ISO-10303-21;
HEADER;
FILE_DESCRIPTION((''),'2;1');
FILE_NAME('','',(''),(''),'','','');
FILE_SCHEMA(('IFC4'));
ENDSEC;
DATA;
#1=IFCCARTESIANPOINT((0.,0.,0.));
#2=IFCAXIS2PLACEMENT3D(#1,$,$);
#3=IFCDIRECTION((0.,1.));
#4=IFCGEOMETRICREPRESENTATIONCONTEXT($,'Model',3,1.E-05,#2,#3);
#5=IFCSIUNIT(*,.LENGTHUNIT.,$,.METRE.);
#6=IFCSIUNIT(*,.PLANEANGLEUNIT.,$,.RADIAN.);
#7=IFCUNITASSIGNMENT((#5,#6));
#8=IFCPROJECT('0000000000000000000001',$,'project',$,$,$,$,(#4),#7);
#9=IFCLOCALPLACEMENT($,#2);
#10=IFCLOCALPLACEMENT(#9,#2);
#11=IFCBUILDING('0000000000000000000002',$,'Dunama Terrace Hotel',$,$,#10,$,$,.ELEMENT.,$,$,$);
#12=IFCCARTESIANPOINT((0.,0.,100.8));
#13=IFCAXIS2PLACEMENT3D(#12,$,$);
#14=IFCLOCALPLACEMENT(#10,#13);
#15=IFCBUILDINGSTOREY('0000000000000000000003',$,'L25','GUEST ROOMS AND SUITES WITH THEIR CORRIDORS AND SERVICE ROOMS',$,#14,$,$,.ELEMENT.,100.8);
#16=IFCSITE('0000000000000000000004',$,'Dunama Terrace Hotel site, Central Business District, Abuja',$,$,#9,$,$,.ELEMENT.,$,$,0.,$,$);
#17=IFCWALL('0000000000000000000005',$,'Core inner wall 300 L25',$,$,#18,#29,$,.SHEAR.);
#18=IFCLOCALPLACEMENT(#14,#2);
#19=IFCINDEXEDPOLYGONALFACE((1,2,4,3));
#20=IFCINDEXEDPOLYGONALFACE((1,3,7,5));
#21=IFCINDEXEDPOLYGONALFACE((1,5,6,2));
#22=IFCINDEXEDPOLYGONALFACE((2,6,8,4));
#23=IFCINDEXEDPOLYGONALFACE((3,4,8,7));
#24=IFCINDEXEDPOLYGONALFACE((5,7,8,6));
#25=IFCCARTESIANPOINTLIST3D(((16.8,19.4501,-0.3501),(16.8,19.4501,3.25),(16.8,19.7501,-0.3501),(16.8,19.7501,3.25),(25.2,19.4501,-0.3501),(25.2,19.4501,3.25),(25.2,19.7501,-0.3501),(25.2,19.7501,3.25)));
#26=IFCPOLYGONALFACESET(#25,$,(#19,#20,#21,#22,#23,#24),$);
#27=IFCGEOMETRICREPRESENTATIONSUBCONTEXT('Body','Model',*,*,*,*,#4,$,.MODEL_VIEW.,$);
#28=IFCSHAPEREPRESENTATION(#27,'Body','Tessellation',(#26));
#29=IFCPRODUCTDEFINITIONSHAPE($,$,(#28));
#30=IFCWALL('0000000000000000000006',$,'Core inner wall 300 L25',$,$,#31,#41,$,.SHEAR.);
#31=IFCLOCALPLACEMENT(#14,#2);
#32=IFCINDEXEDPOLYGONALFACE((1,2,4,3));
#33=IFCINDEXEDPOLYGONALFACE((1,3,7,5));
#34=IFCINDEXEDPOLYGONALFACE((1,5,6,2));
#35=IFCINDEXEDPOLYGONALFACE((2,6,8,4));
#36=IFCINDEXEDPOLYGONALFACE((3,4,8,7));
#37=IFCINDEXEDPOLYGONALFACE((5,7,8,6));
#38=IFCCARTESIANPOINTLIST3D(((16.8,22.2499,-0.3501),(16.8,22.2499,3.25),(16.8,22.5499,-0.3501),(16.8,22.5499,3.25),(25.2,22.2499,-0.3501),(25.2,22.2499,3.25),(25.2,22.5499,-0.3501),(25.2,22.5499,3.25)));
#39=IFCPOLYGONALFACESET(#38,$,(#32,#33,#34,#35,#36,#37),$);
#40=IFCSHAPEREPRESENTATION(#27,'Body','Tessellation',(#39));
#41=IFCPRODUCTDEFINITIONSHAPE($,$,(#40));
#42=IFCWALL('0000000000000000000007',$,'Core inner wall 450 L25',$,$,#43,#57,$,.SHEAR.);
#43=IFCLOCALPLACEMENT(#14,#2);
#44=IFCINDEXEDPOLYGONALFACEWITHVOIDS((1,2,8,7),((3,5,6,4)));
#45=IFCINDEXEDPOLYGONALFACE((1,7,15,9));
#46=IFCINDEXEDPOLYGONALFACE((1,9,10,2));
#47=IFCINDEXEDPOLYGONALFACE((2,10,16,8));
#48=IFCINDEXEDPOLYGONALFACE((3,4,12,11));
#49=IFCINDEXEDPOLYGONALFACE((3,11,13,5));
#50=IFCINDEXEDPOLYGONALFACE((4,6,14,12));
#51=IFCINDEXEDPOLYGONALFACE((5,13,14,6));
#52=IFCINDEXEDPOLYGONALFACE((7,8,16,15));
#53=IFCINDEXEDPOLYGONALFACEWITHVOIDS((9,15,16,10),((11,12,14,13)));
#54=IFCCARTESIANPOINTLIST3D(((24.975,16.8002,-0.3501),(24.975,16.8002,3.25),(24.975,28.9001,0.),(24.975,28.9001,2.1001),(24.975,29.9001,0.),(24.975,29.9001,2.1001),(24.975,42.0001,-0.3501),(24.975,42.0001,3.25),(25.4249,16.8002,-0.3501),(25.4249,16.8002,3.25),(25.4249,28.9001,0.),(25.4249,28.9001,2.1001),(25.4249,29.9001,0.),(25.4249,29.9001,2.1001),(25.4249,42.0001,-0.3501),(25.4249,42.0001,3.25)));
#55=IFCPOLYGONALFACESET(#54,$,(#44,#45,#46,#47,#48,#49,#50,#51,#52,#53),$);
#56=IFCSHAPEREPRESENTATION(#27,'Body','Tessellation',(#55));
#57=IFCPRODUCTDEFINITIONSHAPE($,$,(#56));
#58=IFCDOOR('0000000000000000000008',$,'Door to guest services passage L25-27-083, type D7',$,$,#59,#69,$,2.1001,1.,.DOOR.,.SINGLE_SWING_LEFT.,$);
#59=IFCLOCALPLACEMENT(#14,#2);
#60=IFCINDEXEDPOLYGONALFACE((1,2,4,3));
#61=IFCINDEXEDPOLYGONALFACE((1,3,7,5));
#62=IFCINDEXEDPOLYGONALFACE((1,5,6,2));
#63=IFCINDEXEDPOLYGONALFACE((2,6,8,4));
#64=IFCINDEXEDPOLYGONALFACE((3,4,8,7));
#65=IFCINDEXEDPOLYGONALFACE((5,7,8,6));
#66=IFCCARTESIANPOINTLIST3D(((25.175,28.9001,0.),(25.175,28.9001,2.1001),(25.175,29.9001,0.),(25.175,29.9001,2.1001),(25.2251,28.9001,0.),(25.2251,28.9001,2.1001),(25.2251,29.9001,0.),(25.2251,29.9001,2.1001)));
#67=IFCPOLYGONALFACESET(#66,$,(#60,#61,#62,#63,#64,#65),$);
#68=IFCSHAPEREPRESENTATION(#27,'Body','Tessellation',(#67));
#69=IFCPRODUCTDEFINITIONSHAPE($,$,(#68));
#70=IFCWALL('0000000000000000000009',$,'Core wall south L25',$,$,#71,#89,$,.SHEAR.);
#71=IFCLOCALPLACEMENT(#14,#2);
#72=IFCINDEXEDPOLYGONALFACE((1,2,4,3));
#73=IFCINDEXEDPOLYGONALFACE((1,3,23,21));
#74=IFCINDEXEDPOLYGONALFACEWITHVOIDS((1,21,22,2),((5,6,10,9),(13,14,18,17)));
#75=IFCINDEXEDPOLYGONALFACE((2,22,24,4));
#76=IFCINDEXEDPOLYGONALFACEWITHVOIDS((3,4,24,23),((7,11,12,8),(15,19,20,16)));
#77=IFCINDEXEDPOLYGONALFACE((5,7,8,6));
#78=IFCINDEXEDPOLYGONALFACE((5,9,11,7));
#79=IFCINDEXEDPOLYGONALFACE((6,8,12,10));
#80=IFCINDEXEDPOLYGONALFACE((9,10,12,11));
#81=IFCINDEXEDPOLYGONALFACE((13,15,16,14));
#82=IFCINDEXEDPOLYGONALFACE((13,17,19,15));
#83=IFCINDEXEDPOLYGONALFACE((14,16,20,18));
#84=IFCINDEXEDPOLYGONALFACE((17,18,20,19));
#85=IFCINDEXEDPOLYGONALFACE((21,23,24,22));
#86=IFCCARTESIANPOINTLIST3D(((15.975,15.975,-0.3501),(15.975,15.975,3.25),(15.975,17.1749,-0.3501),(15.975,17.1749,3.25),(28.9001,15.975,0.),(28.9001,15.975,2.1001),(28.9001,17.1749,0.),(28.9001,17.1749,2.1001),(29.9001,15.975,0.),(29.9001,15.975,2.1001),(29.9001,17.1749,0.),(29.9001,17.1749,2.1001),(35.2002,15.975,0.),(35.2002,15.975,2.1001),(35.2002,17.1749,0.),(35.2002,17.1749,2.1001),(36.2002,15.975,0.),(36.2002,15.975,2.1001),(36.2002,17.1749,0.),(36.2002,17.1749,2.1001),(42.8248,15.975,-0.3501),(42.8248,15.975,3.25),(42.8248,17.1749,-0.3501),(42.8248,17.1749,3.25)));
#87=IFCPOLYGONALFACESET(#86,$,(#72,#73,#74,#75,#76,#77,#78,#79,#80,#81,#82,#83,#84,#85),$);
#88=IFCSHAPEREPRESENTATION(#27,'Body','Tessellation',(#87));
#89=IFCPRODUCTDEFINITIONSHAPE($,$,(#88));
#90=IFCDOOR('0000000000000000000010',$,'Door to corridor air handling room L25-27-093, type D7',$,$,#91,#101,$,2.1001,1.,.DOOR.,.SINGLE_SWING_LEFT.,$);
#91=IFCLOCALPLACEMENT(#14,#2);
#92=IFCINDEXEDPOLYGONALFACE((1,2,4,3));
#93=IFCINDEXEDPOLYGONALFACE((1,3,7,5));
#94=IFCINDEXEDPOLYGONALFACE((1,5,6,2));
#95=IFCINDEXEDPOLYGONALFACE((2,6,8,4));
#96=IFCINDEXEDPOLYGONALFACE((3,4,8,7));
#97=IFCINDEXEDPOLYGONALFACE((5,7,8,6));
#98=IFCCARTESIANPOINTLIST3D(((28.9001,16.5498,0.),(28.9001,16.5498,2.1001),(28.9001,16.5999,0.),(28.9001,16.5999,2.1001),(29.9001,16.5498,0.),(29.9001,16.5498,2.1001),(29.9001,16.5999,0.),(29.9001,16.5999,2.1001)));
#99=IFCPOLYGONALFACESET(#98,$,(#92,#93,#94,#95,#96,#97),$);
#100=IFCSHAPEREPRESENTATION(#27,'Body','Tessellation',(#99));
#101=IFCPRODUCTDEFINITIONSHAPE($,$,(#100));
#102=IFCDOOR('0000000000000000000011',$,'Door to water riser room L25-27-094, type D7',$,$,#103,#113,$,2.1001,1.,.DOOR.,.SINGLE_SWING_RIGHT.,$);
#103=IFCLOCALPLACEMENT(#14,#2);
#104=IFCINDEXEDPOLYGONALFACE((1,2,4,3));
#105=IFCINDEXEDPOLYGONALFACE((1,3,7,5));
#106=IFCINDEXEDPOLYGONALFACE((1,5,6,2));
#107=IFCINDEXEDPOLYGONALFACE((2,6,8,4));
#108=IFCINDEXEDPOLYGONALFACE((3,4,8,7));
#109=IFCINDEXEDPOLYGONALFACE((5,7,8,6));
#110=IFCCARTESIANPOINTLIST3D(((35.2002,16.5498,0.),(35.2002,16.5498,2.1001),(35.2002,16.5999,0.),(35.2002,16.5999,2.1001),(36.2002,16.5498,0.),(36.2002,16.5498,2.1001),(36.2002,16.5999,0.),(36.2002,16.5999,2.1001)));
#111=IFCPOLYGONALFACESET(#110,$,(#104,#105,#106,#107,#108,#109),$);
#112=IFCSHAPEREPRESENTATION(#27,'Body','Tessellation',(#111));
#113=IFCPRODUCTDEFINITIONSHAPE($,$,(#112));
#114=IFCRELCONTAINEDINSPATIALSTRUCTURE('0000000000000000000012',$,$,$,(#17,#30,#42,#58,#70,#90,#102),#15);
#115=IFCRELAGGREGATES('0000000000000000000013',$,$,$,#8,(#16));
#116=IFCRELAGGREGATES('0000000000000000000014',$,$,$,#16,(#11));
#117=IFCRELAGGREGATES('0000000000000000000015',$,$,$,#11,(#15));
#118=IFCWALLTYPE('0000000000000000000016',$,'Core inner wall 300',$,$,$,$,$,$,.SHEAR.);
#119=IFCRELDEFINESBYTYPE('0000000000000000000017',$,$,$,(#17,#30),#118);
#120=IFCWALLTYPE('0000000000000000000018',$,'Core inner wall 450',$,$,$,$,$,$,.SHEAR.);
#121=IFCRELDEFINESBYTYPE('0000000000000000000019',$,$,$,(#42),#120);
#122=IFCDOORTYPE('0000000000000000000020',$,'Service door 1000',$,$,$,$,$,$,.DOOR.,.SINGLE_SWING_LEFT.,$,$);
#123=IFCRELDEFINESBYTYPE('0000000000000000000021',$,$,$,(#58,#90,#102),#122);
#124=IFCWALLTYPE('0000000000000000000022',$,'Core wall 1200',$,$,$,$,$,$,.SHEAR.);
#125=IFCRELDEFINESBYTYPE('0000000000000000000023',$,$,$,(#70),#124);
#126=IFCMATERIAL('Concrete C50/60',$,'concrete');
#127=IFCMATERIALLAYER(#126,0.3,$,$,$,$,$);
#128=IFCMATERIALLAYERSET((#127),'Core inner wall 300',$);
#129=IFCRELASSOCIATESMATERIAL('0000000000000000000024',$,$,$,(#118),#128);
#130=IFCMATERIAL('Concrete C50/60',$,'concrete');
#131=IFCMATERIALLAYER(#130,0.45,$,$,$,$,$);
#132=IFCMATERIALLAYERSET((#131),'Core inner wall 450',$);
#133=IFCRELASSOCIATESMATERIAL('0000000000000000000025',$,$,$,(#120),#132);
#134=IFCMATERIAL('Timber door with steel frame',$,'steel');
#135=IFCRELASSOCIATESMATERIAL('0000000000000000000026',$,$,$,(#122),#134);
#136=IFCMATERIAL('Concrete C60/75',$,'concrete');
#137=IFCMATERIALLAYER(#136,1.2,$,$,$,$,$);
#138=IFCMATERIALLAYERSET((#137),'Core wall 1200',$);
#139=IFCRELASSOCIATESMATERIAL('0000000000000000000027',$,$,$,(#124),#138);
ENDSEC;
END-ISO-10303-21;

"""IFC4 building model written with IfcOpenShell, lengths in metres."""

from ifc_helpers import new_model, si_unit, direction, frame, frame_2d, origin, place, context, subcontext, project, spatial, rectangle, extrude, material, layer, layer_set, type_object, element, fill, save


model = new_model("IFC4")

# Units and contexts
model_context = context("Model", 3, precision=1e-05, world=origin(), true_north=direction((0.0, 1.0)))
body_context = subcontext(model_context, "Body", "Model", "MODEL_VIEW")
ifc_project = project(units=[si_unit("LENGTHUNIT", "METRE"), si_unit("PLANEANGLEUNIT", "RADIAN")], contexts=[model_context])

# Site, building, storey
site_placement = place(None, origin())
site = spatial("IfcSite", under=ifc_project, at=site_placement, Name="Dunama Terrace Hotel site, Central Business District, Abuja", CompositionType="ELEMENT", RefElevation=0.0)
building_placement = place(site_placement, origin())
building = spatial("IfcBuilding", under=site, at=building_placement, Name="Dunama Terrace Hotel", CompositionType="ELEMENT")
storey_placement = place(building_placement, frame((0.0, 0.0, 100.8)))
storey = spatial("IfcBuildingStorey", under=building, at=storey_placement, Name="L25", Description="GUEST ROOMS AND SUITES WITH THEIR CORRIDORS AND SERVICE ROOMS", CompositionType="ELEMENT", Elevation=100.8)

# Walls
ifc_material_1 = material(Name="Concrete C50/60", Category="concrete")
ifc_layer_1 = layer(ifc_material_1, 0.3)
ifc_layer_set_1 = layer_set([ifc_layer_1], Name="Core inner wall 300")
wall_type_1 = type_object("IfcWallType", Name="Core inner wall 300", PredefinedType="SHEAR", material=ifc_layer_set_1)
for number, where, z_axis, x_axis, name in (
    (1, (16.8, 19.6001, -0.3501), (0.0, 0.0, 1.0), (1.0, 0.0, 0.0), "Core inner wall 300 L25"),
    (2, (16.8, 22.3999, -0.3501), (0.0, 0.0, 1.0), (1.0, 0.0, 0.0), "Core inner wall 300 L25"),
):
    element("IfcWall", number, at=place(storey_placement, frame(where, z_axis=z_axis, x_axis=x_axis)), inside=storey, type_object=wall_type_1, Name=name, PredefinedType="SHEAR", context=body_context, shape_type="SweptSolid", body=[
        extrude(rectangle(XDim=8.3999, YDim=0.3, at=frame_2d((4.2, 0.0))), origin(), (0.0, 0.0, 1.0), 3.6001),
    ])

# Wall, opening, door
ifc_material_2 = material(Name="Concrete C50/60", Category="concrete")
ifc_layer_2 = layer(ifc_material_2, 0.45)
ifc_layer_set_2 = layer_set([ifc_layer_2], Name="Core inner wall 450")
wall_type_2 = type_object("IfcWallType", Name="Core inner wall 450", PredefinedType="SHEAR", material=ifc_layer_set_2)
wall_1_placement = place(storey_placement, frame((25.2, 16.8, -0.3501), z_axis=(0.0, 0.0, 1.0), x_axis=(0.0, 1.0, 0.0)))
wall_1 = element("IfcWall", 3, at=wall_1_placement, inside=storey, type_object=wall_type_2, Name="Core inner wall 450 L25", PredefinedType="SHEAR", context=body_context, shape_type="SweptSolid", body=[
    extrude(rectangle(XDim=25.2, YDim=0.45, at=frame_2d((12.6001, 0.0))), origin(), (0.0, 0.0, 1.0), 3.6001),
])
opening_1_placement = place(wall_1_placement, frame((12.1001, 0.0, 0.3501)))
opening_1 = element("IfcOpeningElement", 4, at=opening_1_placement, cuts=wall_1, PredefinedType="OPENING", context=body_context, shape_type="SweptSolid", body=[
    extrude(rectangle(XDim=1.0, YDim=2.1001, at=frame_2d((0.5, 1.05))), frame((0.0, 0.2349, 0.0), z_axis=(0.0, -1.0, 0.0), x_axis=(1.0, 0.0, 0.0)), (0.0, 0.0, 1.0), 0.47),
])
ifc_material_3 = material(Name="Timber door with steel frame", Category="steel")
door_type_1 = type_object("IfcDoorType", Name="Service door 1000", OperationType="SINGLE_SWING_LEFT", PredefinedType="DOOR", material=ifc_material_3)
door_1_placement = place(opening_1_placement, origin())
door_1 = element("IfcDoor", 5, at=door_1_placement, inside=storey, type_object=door_type_1, Name="Door to guest services passage L25-27-083, type D7", OperationType="SINGLE_SWING_LEFT", OverallHeight=2.1001, OverallWidth=1.0, PredefinedType="DOOR", context=body_context, shape_type="SweptSolid", body=[
    extrude(rectangle(XDim=1.0, YDim=2.1001, at=frame_2d((0.5, 1.05))), frame((0.0, 0.0249, 0.0), z_axis=(0.0, -1.0, 0.0), x_axis=(1.0, 0.0, 0.0)), (0.0, 0.0, 1.0), 0.05),
])
fill(opening_1, door_1)

# Wall, openings, doors
ifc_material_4 = material(Name="Concrete C60/75", Category="concrete")
ifc_layer_3 = layer(ifc_material_4, 1.2)
ifc_layer_set_3 = layer_set([ifc_layer_3], Name="Core wall 1200")
wall_type_3 = type_object("IfcWallType", Name="Core wall 1200", PredefinedType="SHEAR", material=ifc_layer_set_3)
wall_2_placement = place(storey_placement, frame((15.9751, 16.575, -0.3501), z_axis=(0.0, 0.0, 1.0), x_axis=(1.0, 0.0, 0.0)))
wall_2 = element("IfcWall", 6, at=wall_2_placement, inside=storey, type_object=wall_type_3, Name="Core wall south L25", PredefinedType="SHEAR", context=body_context, shape_type="SweptSolid", body=[
    extrude(rectangle(XDim=26.8499, YDim=1.2, at=frame_2d((13.4248, 0.0))), origin(), (0.0, 0.0, 1.0), 3.6001),
])
opening_2_placement = place(wall_2_placement, frame((12.925, 0.0, 0.3501)))
opening_2 = element("IfcOpeningElement", 7, at=opening_2_placement, cuts=wall_2, PredefinedType="OPENING", context=body_context, shape_type="SweptSolid", body=[
    extrude(rectangle(XDim=1.0, YDim=2.1001, at=frame_2d((0.5, 1.05))), frame((0.0, 0.6099, 0.0), z_axis=(0.0, -1.0, 0.0), x_axis=(1.0, 0.0, 0.0)), (0.0, 0.0, 1.0), 1.22),
])
opening_3_placement = place(wall_2_placement, frame((19.2251, 0.0, 0.3501)))
opening_3 = element("IfcOpeningElement", 8, at=opening_3_placement, cuts=wall_2, PredefinedType="OPENING", context=body_context, shape_type="SweptSolid", body=[
    extrude(rectangle(XDim=1.0, YDim=2.1001, at=frame_2d((0.5, 1.05))), frame((0.0, 0.6099, 0.0), z_axis=(0.0, -1.0, 0.0), x_axis=(1.0, 0.0, 0.0)), (0.0, 0.0, 1.0), 1.22),
])
door_2_placement = place(opening_2_placement, origin())
door_2 = element("IfcDoor", 9, at=door_2_placement, inside=storey, type_object=door_type_1, Name="Door to corridor air handling room L25-27-093, type D7", OperationType="SINGLE_SWING_LEFT", OverallHeight=2.1001, OverallWidth=1.0, PredefinedType="DOOR", context=body_context, shape_type="SweptSolid", body=[
    extrude(rectangle(XDim=1.0, YDim=2.1001, at=frame_2d((0.5, 1.05))), frame((0.0, 0.0249, 0.0), z_axis=(0.0, -1.0, 0.0), x_axis=(1.0, 0.0, 0.0)), (0.0, 0.0, 1.0), 0.05),
])
fill(opening_2, door_2)
door_3_placement = place(opening_3_placement, origin())
door_3 = element("IfcDoor", 10, at=door_3_placement, inside=storey, type_object=door_type_1, Name="Door to water riser room L25-27-094, type D7", OperationType="SINGLE_SWING_RIGHT", OverallHeight=2.1001, OverallWidth=1.0, PredefinedType="DOOR", context=body_context, shape_type="SweptSolid", body=[
    extrude(rectangle(XDim=1.0, YDim=2.1001, at=frame_2d((0.5, 1.05))), frame((0.0, 0.0249, 0.0), z_axis=(0.0, -1.0, 0.0), x_axis=(1.0, 0.0, 0.0)), (0.0, 0.0, 1.0), 0.05),
])
fill(opening_3, door_3)

save(model, "model.ifc")
